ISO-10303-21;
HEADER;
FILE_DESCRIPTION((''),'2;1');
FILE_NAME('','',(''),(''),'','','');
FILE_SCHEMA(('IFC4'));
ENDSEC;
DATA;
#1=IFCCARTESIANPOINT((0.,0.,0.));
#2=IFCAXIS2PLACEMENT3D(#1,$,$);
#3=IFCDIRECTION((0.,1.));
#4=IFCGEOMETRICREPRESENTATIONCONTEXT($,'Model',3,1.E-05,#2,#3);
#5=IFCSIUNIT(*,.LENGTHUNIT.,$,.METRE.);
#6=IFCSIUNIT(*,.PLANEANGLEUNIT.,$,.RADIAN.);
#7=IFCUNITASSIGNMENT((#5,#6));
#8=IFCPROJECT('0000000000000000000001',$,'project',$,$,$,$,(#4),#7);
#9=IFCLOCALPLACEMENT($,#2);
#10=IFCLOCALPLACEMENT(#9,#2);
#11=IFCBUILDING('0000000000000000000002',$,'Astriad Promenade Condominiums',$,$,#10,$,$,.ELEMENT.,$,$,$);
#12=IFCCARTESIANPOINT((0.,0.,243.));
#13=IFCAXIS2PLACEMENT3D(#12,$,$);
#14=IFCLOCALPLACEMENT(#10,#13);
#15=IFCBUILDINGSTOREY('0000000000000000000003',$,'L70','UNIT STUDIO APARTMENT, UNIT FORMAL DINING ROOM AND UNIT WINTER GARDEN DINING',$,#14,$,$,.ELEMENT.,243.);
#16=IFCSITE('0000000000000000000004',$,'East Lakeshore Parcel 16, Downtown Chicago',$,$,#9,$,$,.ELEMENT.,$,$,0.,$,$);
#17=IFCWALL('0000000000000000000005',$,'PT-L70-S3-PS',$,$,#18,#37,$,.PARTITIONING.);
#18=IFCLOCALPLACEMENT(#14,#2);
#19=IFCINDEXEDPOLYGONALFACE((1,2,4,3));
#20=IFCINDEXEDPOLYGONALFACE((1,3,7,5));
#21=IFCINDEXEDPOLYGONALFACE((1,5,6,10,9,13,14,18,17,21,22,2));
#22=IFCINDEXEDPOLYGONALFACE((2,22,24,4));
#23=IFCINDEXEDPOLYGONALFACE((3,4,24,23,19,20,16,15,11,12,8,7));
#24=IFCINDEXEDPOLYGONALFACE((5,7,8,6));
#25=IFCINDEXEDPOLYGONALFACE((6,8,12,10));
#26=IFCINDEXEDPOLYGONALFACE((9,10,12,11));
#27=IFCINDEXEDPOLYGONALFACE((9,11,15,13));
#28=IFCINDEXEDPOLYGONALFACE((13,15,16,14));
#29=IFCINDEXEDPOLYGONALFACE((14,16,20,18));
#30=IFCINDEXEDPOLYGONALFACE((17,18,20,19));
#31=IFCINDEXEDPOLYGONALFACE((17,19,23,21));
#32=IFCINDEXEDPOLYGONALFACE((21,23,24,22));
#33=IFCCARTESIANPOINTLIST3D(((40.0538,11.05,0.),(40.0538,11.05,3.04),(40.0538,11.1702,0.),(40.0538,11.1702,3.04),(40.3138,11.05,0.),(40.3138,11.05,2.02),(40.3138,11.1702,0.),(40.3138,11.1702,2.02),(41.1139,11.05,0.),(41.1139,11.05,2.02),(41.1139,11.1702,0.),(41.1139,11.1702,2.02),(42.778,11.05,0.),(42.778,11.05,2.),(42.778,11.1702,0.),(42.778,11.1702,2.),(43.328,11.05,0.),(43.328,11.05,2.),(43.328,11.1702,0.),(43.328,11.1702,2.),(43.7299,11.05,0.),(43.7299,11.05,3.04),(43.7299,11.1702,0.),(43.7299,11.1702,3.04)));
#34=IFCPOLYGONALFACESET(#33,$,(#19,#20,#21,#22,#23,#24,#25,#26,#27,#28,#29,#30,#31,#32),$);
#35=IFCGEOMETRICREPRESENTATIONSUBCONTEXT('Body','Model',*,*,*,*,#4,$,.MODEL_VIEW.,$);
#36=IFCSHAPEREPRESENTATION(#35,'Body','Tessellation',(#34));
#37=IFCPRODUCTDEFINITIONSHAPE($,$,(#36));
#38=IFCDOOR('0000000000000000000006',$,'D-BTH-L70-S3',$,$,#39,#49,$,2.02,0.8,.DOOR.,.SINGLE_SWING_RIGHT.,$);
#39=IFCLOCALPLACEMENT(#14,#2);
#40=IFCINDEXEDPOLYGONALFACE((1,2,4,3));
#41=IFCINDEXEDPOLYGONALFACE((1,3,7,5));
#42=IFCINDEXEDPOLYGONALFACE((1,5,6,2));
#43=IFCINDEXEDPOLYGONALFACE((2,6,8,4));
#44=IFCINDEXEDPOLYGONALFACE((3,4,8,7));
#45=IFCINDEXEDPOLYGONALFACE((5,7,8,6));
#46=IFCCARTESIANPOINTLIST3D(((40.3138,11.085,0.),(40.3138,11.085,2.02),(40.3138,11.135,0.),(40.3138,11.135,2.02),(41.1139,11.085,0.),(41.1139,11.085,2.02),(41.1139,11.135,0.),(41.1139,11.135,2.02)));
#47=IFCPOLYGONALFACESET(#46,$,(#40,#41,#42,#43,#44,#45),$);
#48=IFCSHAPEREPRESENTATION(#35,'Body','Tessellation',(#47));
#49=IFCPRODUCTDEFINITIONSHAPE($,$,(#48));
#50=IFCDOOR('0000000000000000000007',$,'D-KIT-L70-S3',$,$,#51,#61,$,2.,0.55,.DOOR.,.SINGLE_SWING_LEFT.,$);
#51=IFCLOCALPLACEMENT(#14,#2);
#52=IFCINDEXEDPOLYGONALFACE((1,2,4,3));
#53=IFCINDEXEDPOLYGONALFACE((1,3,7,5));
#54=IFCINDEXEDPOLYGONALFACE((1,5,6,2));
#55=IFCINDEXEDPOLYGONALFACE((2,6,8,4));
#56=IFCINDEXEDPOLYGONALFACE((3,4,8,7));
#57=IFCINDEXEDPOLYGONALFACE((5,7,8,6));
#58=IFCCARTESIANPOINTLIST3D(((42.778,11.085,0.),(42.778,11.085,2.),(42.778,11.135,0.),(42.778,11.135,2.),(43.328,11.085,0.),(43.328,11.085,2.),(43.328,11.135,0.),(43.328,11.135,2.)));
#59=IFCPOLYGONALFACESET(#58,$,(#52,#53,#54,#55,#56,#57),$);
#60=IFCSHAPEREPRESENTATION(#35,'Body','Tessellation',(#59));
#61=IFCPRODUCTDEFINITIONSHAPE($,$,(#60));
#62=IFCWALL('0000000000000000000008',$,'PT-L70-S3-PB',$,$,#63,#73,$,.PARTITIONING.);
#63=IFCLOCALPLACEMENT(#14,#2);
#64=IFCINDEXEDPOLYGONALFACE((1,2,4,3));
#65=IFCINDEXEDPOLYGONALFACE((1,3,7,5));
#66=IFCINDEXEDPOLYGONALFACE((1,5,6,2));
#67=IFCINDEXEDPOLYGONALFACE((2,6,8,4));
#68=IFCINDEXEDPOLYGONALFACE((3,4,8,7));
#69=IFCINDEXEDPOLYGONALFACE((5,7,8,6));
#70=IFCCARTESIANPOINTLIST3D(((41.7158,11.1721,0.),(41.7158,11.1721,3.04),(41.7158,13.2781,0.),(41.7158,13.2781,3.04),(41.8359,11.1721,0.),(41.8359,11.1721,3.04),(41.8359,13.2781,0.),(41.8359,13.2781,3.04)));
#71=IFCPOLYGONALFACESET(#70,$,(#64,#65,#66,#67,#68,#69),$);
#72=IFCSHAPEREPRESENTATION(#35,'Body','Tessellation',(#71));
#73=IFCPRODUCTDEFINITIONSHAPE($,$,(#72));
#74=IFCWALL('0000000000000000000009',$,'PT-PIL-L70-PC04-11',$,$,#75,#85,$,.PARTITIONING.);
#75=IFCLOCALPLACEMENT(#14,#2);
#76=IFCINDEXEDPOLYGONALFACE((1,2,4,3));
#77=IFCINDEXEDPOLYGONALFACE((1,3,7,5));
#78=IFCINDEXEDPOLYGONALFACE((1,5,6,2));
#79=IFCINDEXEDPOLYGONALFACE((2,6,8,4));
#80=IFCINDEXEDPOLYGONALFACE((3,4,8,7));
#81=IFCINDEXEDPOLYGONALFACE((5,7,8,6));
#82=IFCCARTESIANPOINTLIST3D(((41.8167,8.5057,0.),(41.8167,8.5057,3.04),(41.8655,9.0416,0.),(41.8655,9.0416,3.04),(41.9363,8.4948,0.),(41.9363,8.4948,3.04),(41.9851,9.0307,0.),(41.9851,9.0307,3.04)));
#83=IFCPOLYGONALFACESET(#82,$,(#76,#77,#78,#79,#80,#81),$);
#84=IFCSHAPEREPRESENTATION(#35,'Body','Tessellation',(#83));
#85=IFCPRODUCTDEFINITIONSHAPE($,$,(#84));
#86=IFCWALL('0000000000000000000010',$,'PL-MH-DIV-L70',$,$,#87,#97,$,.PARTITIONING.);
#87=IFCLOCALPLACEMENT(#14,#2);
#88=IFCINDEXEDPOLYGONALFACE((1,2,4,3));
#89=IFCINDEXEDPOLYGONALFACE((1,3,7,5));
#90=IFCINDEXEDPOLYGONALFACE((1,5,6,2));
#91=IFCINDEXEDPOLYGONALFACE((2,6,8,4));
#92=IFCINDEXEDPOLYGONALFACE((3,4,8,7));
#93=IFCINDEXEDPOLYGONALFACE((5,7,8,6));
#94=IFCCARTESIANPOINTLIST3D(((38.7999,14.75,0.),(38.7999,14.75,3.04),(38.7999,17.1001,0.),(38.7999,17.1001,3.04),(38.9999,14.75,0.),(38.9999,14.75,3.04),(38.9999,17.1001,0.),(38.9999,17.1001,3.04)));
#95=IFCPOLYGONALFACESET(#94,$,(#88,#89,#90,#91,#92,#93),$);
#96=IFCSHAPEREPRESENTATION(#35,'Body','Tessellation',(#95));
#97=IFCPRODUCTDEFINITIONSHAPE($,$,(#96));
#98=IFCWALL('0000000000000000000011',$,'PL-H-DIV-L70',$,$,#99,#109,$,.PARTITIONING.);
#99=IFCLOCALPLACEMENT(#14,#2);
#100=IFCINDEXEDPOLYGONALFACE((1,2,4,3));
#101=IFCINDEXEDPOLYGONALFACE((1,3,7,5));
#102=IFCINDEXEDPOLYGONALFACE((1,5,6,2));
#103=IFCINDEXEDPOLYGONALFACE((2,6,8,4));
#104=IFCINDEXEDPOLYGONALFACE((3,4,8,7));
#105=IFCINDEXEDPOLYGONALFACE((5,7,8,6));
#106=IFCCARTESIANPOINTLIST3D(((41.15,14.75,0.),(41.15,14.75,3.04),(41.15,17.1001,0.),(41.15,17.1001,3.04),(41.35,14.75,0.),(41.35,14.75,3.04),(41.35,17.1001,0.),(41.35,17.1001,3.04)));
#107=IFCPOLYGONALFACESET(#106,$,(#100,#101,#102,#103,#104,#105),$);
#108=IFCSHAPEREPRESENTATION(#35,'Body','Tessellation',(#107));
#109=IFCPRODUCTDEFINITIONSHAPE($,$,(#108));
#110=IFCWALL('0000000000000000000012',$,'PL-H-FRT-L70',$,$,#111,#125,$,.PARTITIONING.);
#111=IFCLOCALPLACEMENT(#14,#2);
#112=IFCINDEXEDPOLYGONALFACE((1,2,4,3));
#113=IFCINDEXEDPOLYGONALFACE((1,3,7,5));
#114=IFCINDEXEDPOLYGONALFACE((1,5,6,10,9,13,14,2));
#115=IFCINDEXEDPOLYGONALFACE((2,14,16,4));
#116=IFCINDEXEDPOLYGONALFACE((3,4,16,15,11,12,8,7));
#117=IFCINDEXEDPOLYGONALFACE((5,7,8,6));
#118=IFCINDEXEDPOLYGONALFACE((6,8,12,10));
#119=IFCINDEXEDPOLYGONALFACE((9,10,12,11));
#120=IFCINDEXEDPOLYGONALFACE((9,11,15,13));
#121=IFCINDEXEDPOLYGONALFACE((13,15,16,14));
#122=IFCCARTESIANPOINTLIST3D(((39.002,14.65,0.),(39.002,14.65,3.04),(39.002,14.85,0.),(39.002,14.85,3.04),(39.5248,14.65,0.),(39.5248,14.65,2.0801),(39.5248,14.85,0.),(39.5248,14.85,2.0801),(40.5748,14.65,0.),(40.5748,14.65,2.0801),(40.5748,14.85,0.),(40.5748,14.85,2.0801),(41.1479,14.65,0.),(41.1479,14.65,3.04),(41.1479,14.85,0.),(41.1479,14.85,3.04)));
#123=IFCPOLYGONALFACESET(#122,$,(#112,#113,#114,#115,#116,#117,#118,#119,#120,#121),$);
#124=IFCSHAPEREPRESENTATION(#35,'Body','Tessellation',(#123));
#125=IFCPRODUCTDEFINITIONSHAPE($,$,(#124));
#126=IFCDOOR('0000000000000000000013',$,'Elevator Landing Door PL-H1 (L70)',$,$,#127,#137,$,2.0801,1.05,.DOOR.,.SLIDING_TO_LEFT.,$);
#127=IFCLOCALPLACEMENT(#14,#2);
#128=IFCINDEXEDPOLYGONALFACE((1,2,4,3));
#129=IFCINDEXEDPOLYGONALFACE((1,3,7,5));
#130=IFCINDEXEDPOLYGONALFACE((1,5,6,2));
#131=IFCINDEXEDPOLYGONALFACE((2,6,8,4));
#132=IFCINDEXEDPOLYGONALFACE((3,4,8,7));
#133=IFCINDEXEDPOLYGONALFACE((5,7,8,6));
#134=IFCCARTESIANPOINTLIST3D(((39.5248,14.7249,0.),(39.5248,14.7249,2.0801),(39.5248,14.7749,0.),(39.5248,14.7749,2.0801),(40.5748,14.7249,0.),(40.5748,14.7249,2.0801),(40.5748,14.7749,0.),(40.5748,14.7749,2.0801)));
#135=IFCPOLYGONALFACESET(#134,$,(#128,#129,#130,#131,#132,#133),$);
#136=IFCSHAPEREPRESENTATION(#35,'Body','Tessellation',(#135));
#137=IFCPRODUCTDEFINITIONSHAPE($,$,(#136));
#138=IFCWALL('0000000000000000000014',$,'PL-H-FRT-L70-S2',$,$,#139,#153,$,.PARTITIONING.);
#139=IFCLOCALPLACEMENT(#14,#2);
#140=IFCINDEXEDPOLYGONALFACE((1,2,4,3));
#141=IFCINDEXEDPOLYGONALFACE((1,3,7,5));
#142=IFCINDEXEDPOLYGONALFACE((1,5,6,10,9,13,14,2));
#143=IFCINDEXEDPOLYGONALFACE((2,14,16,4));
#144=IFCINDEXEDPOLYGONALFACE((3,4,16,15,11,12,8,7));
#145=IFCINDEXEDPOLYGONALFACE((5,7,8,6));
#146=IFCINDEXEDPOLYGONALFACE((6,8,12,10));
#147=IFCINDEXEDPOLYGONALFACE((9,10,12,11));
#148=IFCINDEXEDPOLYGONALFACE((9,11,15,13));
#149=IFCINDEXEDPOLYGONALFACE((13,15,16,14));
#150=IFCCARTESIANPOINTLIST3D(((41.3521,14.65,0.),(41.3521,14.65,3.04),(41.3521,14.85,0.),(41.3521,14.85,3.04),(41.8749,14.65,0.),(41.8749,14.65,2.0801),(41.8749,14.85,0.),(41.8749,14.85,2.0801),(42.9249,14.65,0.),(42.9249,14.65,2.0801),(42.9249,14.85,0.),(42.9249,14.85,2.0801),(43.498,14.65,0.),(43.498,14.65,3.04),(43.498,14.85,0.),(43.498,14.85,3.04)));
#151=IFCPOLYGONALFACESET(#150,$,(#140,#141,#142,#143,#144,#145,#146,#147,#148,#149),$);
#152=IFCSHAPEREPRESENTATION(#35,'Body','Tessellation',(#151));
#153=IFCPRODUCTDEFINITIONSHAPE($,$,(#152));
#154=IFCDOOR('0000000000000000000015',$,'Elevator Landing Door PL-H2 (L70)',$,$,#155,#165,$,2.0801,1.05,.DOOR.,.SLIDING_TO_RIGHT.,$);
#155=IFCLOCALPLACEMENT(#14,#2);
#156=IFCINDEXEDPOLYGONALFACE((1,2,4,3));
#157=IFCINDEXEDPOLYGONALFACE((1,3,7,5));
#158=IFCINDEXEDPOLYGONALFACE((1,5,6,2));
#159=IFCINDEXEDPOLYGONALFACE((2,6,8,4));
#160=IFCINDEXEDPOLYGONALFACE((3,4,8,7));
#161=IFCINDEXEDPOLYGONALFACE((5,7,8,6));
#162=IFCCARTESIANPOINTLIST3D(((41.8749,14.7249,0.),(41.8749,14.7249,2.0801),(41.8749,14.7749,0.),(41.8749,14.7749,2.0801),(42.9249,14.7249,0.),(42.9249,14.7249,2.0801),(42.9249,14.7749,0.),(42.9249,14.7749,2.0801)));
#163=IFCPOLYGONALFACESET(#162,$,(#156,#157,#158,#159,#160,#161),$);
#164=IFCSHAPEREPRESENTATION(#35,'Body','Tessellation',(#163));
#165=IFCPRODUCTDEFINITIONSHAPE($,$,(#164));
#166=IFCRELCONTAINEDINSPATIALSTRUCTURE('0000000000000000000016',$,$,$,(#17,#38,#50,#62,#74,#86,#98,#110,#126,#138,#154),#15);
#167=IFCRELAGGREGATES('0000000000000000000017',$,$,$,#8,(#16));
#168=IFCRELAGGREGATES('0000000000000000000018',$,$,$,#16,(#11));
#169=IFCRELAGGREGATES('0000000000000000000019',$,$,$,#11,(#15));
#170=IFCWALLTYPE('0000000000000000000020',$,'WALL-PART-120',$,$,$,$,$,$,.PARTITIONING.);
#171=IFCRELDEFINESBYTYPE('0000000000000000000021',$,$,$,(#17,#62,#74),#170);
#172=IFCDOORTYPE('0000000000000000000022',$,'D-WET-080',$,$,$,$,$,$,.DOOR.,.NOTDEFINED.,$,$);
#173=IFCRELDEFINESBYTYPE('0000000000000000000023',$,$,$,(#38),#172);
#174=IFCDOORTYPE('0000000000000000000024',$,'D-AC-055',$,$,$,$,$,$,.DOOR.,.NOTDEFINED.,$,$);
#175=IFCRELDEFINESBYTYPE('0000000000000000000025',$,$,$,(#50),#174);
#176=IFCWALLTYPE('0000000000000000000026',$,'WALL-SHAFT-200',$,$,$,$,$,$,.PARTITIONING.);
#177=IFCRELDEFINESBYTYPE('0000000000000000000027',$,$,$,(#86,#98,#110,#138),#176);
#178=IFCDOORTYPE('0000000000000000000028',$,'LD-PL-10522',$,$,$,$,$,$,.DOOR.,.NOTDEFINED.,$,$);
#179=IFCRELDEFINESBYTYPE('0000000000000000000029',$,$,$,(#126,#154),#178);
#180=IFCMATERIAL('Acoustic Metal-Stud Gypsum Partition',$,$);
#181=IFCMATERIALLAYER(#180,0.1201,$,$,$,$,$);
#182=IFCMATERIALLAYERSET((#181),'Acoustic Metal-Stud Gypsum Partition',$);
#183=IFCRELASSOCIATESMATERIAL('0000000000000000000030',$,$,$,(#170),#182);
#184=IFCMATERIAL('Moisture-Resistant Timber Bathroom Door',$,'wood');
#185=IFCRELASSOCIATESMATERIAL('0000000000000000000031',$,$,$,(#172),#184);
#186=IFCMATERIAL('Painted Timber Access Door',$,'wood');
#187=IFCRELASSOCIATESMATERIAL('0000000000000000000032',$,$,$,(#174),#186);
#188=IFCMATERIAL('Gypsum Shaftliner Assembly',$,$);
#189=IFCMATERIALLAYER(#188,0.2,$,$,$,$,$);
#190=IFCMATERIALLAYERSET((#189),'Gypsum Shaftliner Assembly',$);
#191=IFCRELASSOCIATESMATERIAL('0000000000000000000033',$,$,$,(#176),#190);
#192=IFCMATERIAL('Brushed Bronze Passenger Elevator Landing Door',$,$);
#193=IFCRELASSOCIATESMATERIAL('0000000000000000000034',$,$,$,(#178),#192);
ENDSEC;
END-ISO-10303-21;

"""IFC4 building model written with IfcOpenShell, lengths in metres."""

from ifc_helpers import new_model, si_unit, direction, frame, frame_2d, origin, place, context, subcontext, project, spatial, rectangle, extrude, source, transform, mapped, material, layer, layer_set, type_object, type_shapes, element, fill, save


model = new_model("IFC4")

# Units and contexts
model_context = context("Model", 3, precision=1e-05, world=origin(), true_north=direction((0.0, 1.0)))
body_context = subcontext(model_context, "Body", "Model", "MODEL_VIEW")
ifc_project = project(units=[si_unit("LENGTHUNIT", "METRE"), si_unit("PLANEANGLEUNIT", "RADIAN")], contexts=[model_context])

# Site, building, storey
site_placement = place(None, origin())
site = spatial("IfcSite", under=ifc_project, at=site_placement, Name="East Lakeshore Parcel 16, Downtown Chicago", CompositionType="ELEMENT", RefElevation=0.0)
building_placement = place(site_placement, origin())
building = spatial("IfcBuilding", under=site, at=building_placement, Name="Astriad Promenade Condominiums", CompositionType="ELEMENT")
storey_placement = place(building_placement, frame((0.0, 0.0, 243.0)))
storey = spatial("IfcBuildingStorey", under=building, at=storey_placement, Name="L70", Description="UNIT STUDIO APARTMENT, UNIT FORMAL DINING ROOM AND UNIT WINTER GARDEN DINING", CompositionType="ELEMENT", Elevation=243.0)

# Shared definitions
ifc_material_1 = material(Name="Acoustic Metal-Stud Gypsum Partition")
ifc_layer_1 = layer(ifc_material_1, 0.1201)
ifc_layer_set_1 = layer_set([ifc_layer_1], Name="Acoustic Metal-Stud Gypsum Partition")
wall_type_1 = type_object("IfcWallType", Name="WALL-PART-120", PredefinedType="PARTITIONING", material=ifc_layer_set_1)

# Wall, openings, doors
wall_1_placement = place(storey_placement, frame((40.054, 11.1101, 0.0), z_axis=(0.0, 0.0, 1.0), x_axis=(1.0, 0.0, 0.0)))
wall_1 = element("IfcWall", 1, at=wall_1_placement, inside=storey, type_object=wall_type_1, Name="PT-L70-S3-PS", PredefinedType="PARTITIONING", context=body_context, shape_type="SweptSolid", body=[
    extrude(rectangle(XDim=3.676, YDim=0.1201, at=frame_2d((1.8379, 0.0))), origin(), (0.0, 0.0, 1.0), 3.04),
])
opening_1_placement = place(wall_1_placement, frame((0.26, 0.0, 0.0)))
opening_1 = element("IfcOpeningElement", 2, at=opening_1_placement, cuts=wall_1, PredefinedType="OPENING", context=body_context, shape_type="SweptSolid", body=[
    extrude(rectangle(XDim=0.8, YDim=2.02, at=frame_2d((0.3999, 1.01))), frame((0.0, 0.0701, 0.0), z_axis=(0.0, -1.0, 0.0), x_axis=(1.0, 0.0, 0.0)), (0.0, 0.0, 1.0), 0.1401),
])
opening_2_placement = place(wall_1_placement, frame((2.7241, 0.0, 0.0)))
opening_2 = element("IfcOpeningElement", 3, at=opening_2_placement, cuts=wall_1, PredefinedType="OPENING", context=body_context, shape_type="SweptSolid", body=[
    extrude(rectangle(XDim=0.55, YDim=2.0, at=frame_2d((0.2749, 1.0))), frame((0.0, 0.0701, 0.0), z_axis=(0.0, -1.0, 0.0), x_axis=(1.0, 0.0, 0.0)), (0.0, 0.0, 1.0), 0.1401),
])
ifc_material_2 = material(Name="Moisture-Resistant Timber Bathroom Door", Category="wood")
door_type_1 = type_object("IfcDoorType", Name="D-WET-080", OperationType="NOTDEFINED", PredefinedType="DOOR", material=ifc_material_2)
shared_shape_1 = source(origin(), body_context, "Body", "SweptSolid", [
    extrude(rectangle(XDim=0.8, YDim=2.02, at=frame_2d((0.3999, 1.01))), frame((0.0, 0.0249, 0.0), z_axis=(0.0, -1.0, 0.0), x_axis=(1.0, 0.0, 0.0)), (0.0, 0.0, 1.0), 0.05),
])
type_shapes(door_type_1, [shared_shape_1])
door_1_placement = place(opening_1_placement, origin())
door_1 = element("IfcDoor", 4, at=door_1_placement, inside=storey, type_object=door_type_1, Name="D-BTH-L70-S3", OperationType="SINGLE_SWING_RIGHT", OverallHeight=2.02, OverallWidth=0.8, PredefinedType="DOOR", context=body_context, shape_type="MappedRepresentation", body=[
    mapped(shared_shape_1, transform((0.0, 0.0, 0.0), scale=1.0)),
])
fill(opening_1, door_1)
ifc_material_3 = material(Name="Painted Timber Access Door", Category="wood")
door_type_2 = type_object("IfcDoorType", Name="D-AC-055", OperationType="NOTDEFINED", PredefinedType="DOOR", material=ifc_material_3)
shared_shape_2 = source(origin(), body_context, "Body", "SweptSolid", [
    extrude(rectangle(XDim=0.55, YDim=2.0, at=frame_2d((0.2749, 1.0))), frame((0.0, 0.0249, 0.0), z_axis=(0.0, -1.0, 0.0), x_axis=(1.0, 0.0, 0.0)), (0.0, 0.0, 1.0), 0.05),
])
type_shapes(door_type_2, [shared_shape_2])
door_2_placement = place(opening_2_placement, origin())
door_2 = element("IfcDoor", 5, at=door_2_placement, inside=storey, type_object=door_type_2, Name="D-KIT-L70-S3", OperationType="SINGLE_SWING_LEFT", OverallHeight=2.0, OverallWidth=0.55, PredefinedType="DOOR", context=body_context, shape_type="MappedRepresentation", body=[
    mapped(shared_shape_2, transform((0.0, 0.0, 0.0), scale=1.0)),
])
fill(opening_2, door_2)

# Walls
wall_2_placement = place(storey_placement, frame((41.7759, 11.1721, 0.0), z_axis=(0.0, 0.0, 1.0), x_axis=(0.0, 1.0, 0.0)))
element("IfcWall", 6, at=wall_2_placement, inside=storey, type_object=wall_type_1, Name="PT-L70-S3-PB", PredefinedType="PARTITIONING", context=body_context, shape_type="SweptSolid", body=[
    extrude(rectangle(XDim=2.106, YDim=0.1201, at=frame_2d((1.053, 0.0))), origin(), (0.0, 0.0, 1.0), 3.04),
])
wall_3_placement = place(storey_placement, frame((41.9253, 9.0361, 0.0), z_axis=(0.0, 0.0, 1.0), x_axis=(-0.09074, -0.995875, 0.0)))
element("IfcWall", 7, at=wall_3_placement, inside=storey, type_object=wall_type_1, Name="PT-PIL-L70-PC04-11", PredefinedType="PARTITIONING", context=body_context, shape_type="SweptSolid", body=[
    extrude(rectangle(XDim=0.5381, YDim=0.1201, at=frame_2d((0.269, 0.0))), origin(), (0.0, 0.0, 1.0), 3.04),
])
ifc_material_4 = material(Name="Gypsum Shaftliner Assembly")
ifc_layer_2 = layer(ifc_material_4, 0.2)
ifc_layer_set_2 = layer_set([ifc_layer_2], Name="Gypsum Shaftliner Assembly")
wall_type_2 = type_object("IfcWallType", Name="WALL-SHAFT-200", PredefinedType="PARTITIONING", material=ifc_layer_set_2)
for number, where, z_axis, x_axis, name in (
    (8, (38.8999, 14.75, 0.0), (0.0, 0.0, 1.0), (0.0, 1.0, 0.0), "PL-MH-DIV-L70"),
    (9, (41.25, 14.75, 0.0), (0.0, 0.0, 1.0), (0.0, 1.0, 0.0), "PL-H-DIV-L70"),
):
    element("IfcWall", number, at=place(storey_placement, frame(where, z_axis=z_axis, x_axis=x_axis)), inside=storey, type_object=wall_type_2, Name=name, PredefinedType="PARTITIONING", context=body_context, shape_type="SweptSolid", body=[
        extrude(rectangle(XDim=2.3501, YDim=0.2, at=frame_2d((1.175, 0.0))), origin(), (0.0, 0.0, 1.0), 3.04),
    ])

# Walls, openings, doors
wall_4_placement = place(storey_placement, frame((39.002, 14.75, 0.0), z_axis=(0.0, 0.0, 1.0), x_axis=(1.0, 0.0, 0.0)))
wall_4 = element("IfcWall", 10, at=wall_4_placement, inside=storey, type_object=wall_type_2, Name="PL-H-FRT-L70", PredefinedType="PARTITIONING", context=body_context, shape_type="SweptSolid", body=[
    extrude(rectangle(XDim=2.146, YDim=0.2, at=frame_2d((1.073, 0.0))), origin(), (0.0, 0.0, 1.0), 3.04),
])
opening_3_placement = place(wall_4_placement, frame((0.5229, 0.0, 0.0)))
opening_3 = element("IfcOpeningElement", 11, at=opening_3_placement, cuts=wall_4, PredefinedType="OPENING", context=body_context, shape_type="SweptSolid", body=[
    extrude(rectangle(XDim=1.05, YDim=2.0801, at=frame_2d((0.5249, 1.04))), frame((0.0, 0.1099, 0.0), z_axis=(0.0, -1.0, 0.0), x_axis=(1.0, 0.0, 0.0)), (0.0, 0.0, 1.0), 0.22),
])
ifc_material_5 = material(Name="Brushed Bronze Passenger Elevator Landing Door")
door_type_3 = type_object("IfcDoorType", Name="LD-PL-10522", OperationType="NOTDEFINED", PredefinedType="DOOR", material=ifc_material_5)
shared_shape_3 = source(origin(), body_context, "Body", "SweptSolid", [
    extrude(rectangle(XDim=1.05, YDim=2.0801, at=frame_2d((0.5249, 1.04))), frame((0.0, 0.0249, 0.0), z_axis=(0.0, -1.0, 0.0), x_axis=(1.0, 0.0, 0.0)), (0.0, 0.0, 1.0), 0.05),
])
type_shapes(door_type_3, [shared_shape_3])
door_3_placement = place(opening_3_placement, origin())
door_3 = element("IfcDoor", 12, at=door_3_placement, inside=storey, type_object=door_type_3, Name="Elevator Landing Door PL-H1 (L70)", OperationType="SLIDING_TO_LEFT", OverallHeight=2.0801, OverallWidth=1.05, PredefinedType="DOOR", context=body_context, shape_type="MappedRepresentation", body=[
    mapped(shared_shape_3, transform((0.0, 0.0, 0.0), scale=1.0)),
])
fill(opening_3, door_3)
wall_5_placement = place(storey_placement, frame((41.3521, 14.75, 0.0), z_axis=(0.0, 0.0, 1.0), x_axis=(1.0, 0.0, 0.0)))
wall_5 = element("IfcWall", 13, at=wall_5_placement, inside=storey, type_object=wall_type_2, Name="PL-H-FRT-L70-S2", PredefinedType="PARTITIONING", context=body_context, shape_type="SweptSolid", body=[
    extrude(rectangle(XDim=2.146, YDim=0.2, at=frame_2d((1.073, 0.0))), origin(), (0.0, 0.0, 1.0), 3.04),
])
opening_4_placement = place(wall_5_placement, frame((0.5229, 0.0, 0.0)))
opening_4 = element("IfcOpeningElement", 14, at=opening_4_placement, cuts=wall_5, PredefinedType="OPENING", context=body_context, shape_type="SweptSolid", body=[
    extrude(rectangle(XDim=1.05, YDim=2.0801, at=frame_2d((0.5249, 1.04))), frame((0.0, 0.1099, 0.0), z_axis=(0.0, -1.0, 0.0), x_axis=(1.0, 0.0, 0.0)), (0.0, 0.0, 1.0), 0.22),
])
door_4_placement = place(opening_4_placement, origin())
door_4 = element("IfcDoor", 15, at=door_4_placement, inside=storey, type_object=door_type_3, Name="Elevator Landing Door PL-H2 (L70)", OperationType="SLIDING_TO_RIGHT", OverallHeight=2.0801, OverallWidth=1.05, PredefinedType="DOOR", context=body_context, shape_type="MappedRepresentation", body=[
    mapped(shared_shape_3, transform((0.0, 0.0, 0.0), scale=1.0)),
])
fill(opening_4, door_4)

save(model, "model.ifc")
